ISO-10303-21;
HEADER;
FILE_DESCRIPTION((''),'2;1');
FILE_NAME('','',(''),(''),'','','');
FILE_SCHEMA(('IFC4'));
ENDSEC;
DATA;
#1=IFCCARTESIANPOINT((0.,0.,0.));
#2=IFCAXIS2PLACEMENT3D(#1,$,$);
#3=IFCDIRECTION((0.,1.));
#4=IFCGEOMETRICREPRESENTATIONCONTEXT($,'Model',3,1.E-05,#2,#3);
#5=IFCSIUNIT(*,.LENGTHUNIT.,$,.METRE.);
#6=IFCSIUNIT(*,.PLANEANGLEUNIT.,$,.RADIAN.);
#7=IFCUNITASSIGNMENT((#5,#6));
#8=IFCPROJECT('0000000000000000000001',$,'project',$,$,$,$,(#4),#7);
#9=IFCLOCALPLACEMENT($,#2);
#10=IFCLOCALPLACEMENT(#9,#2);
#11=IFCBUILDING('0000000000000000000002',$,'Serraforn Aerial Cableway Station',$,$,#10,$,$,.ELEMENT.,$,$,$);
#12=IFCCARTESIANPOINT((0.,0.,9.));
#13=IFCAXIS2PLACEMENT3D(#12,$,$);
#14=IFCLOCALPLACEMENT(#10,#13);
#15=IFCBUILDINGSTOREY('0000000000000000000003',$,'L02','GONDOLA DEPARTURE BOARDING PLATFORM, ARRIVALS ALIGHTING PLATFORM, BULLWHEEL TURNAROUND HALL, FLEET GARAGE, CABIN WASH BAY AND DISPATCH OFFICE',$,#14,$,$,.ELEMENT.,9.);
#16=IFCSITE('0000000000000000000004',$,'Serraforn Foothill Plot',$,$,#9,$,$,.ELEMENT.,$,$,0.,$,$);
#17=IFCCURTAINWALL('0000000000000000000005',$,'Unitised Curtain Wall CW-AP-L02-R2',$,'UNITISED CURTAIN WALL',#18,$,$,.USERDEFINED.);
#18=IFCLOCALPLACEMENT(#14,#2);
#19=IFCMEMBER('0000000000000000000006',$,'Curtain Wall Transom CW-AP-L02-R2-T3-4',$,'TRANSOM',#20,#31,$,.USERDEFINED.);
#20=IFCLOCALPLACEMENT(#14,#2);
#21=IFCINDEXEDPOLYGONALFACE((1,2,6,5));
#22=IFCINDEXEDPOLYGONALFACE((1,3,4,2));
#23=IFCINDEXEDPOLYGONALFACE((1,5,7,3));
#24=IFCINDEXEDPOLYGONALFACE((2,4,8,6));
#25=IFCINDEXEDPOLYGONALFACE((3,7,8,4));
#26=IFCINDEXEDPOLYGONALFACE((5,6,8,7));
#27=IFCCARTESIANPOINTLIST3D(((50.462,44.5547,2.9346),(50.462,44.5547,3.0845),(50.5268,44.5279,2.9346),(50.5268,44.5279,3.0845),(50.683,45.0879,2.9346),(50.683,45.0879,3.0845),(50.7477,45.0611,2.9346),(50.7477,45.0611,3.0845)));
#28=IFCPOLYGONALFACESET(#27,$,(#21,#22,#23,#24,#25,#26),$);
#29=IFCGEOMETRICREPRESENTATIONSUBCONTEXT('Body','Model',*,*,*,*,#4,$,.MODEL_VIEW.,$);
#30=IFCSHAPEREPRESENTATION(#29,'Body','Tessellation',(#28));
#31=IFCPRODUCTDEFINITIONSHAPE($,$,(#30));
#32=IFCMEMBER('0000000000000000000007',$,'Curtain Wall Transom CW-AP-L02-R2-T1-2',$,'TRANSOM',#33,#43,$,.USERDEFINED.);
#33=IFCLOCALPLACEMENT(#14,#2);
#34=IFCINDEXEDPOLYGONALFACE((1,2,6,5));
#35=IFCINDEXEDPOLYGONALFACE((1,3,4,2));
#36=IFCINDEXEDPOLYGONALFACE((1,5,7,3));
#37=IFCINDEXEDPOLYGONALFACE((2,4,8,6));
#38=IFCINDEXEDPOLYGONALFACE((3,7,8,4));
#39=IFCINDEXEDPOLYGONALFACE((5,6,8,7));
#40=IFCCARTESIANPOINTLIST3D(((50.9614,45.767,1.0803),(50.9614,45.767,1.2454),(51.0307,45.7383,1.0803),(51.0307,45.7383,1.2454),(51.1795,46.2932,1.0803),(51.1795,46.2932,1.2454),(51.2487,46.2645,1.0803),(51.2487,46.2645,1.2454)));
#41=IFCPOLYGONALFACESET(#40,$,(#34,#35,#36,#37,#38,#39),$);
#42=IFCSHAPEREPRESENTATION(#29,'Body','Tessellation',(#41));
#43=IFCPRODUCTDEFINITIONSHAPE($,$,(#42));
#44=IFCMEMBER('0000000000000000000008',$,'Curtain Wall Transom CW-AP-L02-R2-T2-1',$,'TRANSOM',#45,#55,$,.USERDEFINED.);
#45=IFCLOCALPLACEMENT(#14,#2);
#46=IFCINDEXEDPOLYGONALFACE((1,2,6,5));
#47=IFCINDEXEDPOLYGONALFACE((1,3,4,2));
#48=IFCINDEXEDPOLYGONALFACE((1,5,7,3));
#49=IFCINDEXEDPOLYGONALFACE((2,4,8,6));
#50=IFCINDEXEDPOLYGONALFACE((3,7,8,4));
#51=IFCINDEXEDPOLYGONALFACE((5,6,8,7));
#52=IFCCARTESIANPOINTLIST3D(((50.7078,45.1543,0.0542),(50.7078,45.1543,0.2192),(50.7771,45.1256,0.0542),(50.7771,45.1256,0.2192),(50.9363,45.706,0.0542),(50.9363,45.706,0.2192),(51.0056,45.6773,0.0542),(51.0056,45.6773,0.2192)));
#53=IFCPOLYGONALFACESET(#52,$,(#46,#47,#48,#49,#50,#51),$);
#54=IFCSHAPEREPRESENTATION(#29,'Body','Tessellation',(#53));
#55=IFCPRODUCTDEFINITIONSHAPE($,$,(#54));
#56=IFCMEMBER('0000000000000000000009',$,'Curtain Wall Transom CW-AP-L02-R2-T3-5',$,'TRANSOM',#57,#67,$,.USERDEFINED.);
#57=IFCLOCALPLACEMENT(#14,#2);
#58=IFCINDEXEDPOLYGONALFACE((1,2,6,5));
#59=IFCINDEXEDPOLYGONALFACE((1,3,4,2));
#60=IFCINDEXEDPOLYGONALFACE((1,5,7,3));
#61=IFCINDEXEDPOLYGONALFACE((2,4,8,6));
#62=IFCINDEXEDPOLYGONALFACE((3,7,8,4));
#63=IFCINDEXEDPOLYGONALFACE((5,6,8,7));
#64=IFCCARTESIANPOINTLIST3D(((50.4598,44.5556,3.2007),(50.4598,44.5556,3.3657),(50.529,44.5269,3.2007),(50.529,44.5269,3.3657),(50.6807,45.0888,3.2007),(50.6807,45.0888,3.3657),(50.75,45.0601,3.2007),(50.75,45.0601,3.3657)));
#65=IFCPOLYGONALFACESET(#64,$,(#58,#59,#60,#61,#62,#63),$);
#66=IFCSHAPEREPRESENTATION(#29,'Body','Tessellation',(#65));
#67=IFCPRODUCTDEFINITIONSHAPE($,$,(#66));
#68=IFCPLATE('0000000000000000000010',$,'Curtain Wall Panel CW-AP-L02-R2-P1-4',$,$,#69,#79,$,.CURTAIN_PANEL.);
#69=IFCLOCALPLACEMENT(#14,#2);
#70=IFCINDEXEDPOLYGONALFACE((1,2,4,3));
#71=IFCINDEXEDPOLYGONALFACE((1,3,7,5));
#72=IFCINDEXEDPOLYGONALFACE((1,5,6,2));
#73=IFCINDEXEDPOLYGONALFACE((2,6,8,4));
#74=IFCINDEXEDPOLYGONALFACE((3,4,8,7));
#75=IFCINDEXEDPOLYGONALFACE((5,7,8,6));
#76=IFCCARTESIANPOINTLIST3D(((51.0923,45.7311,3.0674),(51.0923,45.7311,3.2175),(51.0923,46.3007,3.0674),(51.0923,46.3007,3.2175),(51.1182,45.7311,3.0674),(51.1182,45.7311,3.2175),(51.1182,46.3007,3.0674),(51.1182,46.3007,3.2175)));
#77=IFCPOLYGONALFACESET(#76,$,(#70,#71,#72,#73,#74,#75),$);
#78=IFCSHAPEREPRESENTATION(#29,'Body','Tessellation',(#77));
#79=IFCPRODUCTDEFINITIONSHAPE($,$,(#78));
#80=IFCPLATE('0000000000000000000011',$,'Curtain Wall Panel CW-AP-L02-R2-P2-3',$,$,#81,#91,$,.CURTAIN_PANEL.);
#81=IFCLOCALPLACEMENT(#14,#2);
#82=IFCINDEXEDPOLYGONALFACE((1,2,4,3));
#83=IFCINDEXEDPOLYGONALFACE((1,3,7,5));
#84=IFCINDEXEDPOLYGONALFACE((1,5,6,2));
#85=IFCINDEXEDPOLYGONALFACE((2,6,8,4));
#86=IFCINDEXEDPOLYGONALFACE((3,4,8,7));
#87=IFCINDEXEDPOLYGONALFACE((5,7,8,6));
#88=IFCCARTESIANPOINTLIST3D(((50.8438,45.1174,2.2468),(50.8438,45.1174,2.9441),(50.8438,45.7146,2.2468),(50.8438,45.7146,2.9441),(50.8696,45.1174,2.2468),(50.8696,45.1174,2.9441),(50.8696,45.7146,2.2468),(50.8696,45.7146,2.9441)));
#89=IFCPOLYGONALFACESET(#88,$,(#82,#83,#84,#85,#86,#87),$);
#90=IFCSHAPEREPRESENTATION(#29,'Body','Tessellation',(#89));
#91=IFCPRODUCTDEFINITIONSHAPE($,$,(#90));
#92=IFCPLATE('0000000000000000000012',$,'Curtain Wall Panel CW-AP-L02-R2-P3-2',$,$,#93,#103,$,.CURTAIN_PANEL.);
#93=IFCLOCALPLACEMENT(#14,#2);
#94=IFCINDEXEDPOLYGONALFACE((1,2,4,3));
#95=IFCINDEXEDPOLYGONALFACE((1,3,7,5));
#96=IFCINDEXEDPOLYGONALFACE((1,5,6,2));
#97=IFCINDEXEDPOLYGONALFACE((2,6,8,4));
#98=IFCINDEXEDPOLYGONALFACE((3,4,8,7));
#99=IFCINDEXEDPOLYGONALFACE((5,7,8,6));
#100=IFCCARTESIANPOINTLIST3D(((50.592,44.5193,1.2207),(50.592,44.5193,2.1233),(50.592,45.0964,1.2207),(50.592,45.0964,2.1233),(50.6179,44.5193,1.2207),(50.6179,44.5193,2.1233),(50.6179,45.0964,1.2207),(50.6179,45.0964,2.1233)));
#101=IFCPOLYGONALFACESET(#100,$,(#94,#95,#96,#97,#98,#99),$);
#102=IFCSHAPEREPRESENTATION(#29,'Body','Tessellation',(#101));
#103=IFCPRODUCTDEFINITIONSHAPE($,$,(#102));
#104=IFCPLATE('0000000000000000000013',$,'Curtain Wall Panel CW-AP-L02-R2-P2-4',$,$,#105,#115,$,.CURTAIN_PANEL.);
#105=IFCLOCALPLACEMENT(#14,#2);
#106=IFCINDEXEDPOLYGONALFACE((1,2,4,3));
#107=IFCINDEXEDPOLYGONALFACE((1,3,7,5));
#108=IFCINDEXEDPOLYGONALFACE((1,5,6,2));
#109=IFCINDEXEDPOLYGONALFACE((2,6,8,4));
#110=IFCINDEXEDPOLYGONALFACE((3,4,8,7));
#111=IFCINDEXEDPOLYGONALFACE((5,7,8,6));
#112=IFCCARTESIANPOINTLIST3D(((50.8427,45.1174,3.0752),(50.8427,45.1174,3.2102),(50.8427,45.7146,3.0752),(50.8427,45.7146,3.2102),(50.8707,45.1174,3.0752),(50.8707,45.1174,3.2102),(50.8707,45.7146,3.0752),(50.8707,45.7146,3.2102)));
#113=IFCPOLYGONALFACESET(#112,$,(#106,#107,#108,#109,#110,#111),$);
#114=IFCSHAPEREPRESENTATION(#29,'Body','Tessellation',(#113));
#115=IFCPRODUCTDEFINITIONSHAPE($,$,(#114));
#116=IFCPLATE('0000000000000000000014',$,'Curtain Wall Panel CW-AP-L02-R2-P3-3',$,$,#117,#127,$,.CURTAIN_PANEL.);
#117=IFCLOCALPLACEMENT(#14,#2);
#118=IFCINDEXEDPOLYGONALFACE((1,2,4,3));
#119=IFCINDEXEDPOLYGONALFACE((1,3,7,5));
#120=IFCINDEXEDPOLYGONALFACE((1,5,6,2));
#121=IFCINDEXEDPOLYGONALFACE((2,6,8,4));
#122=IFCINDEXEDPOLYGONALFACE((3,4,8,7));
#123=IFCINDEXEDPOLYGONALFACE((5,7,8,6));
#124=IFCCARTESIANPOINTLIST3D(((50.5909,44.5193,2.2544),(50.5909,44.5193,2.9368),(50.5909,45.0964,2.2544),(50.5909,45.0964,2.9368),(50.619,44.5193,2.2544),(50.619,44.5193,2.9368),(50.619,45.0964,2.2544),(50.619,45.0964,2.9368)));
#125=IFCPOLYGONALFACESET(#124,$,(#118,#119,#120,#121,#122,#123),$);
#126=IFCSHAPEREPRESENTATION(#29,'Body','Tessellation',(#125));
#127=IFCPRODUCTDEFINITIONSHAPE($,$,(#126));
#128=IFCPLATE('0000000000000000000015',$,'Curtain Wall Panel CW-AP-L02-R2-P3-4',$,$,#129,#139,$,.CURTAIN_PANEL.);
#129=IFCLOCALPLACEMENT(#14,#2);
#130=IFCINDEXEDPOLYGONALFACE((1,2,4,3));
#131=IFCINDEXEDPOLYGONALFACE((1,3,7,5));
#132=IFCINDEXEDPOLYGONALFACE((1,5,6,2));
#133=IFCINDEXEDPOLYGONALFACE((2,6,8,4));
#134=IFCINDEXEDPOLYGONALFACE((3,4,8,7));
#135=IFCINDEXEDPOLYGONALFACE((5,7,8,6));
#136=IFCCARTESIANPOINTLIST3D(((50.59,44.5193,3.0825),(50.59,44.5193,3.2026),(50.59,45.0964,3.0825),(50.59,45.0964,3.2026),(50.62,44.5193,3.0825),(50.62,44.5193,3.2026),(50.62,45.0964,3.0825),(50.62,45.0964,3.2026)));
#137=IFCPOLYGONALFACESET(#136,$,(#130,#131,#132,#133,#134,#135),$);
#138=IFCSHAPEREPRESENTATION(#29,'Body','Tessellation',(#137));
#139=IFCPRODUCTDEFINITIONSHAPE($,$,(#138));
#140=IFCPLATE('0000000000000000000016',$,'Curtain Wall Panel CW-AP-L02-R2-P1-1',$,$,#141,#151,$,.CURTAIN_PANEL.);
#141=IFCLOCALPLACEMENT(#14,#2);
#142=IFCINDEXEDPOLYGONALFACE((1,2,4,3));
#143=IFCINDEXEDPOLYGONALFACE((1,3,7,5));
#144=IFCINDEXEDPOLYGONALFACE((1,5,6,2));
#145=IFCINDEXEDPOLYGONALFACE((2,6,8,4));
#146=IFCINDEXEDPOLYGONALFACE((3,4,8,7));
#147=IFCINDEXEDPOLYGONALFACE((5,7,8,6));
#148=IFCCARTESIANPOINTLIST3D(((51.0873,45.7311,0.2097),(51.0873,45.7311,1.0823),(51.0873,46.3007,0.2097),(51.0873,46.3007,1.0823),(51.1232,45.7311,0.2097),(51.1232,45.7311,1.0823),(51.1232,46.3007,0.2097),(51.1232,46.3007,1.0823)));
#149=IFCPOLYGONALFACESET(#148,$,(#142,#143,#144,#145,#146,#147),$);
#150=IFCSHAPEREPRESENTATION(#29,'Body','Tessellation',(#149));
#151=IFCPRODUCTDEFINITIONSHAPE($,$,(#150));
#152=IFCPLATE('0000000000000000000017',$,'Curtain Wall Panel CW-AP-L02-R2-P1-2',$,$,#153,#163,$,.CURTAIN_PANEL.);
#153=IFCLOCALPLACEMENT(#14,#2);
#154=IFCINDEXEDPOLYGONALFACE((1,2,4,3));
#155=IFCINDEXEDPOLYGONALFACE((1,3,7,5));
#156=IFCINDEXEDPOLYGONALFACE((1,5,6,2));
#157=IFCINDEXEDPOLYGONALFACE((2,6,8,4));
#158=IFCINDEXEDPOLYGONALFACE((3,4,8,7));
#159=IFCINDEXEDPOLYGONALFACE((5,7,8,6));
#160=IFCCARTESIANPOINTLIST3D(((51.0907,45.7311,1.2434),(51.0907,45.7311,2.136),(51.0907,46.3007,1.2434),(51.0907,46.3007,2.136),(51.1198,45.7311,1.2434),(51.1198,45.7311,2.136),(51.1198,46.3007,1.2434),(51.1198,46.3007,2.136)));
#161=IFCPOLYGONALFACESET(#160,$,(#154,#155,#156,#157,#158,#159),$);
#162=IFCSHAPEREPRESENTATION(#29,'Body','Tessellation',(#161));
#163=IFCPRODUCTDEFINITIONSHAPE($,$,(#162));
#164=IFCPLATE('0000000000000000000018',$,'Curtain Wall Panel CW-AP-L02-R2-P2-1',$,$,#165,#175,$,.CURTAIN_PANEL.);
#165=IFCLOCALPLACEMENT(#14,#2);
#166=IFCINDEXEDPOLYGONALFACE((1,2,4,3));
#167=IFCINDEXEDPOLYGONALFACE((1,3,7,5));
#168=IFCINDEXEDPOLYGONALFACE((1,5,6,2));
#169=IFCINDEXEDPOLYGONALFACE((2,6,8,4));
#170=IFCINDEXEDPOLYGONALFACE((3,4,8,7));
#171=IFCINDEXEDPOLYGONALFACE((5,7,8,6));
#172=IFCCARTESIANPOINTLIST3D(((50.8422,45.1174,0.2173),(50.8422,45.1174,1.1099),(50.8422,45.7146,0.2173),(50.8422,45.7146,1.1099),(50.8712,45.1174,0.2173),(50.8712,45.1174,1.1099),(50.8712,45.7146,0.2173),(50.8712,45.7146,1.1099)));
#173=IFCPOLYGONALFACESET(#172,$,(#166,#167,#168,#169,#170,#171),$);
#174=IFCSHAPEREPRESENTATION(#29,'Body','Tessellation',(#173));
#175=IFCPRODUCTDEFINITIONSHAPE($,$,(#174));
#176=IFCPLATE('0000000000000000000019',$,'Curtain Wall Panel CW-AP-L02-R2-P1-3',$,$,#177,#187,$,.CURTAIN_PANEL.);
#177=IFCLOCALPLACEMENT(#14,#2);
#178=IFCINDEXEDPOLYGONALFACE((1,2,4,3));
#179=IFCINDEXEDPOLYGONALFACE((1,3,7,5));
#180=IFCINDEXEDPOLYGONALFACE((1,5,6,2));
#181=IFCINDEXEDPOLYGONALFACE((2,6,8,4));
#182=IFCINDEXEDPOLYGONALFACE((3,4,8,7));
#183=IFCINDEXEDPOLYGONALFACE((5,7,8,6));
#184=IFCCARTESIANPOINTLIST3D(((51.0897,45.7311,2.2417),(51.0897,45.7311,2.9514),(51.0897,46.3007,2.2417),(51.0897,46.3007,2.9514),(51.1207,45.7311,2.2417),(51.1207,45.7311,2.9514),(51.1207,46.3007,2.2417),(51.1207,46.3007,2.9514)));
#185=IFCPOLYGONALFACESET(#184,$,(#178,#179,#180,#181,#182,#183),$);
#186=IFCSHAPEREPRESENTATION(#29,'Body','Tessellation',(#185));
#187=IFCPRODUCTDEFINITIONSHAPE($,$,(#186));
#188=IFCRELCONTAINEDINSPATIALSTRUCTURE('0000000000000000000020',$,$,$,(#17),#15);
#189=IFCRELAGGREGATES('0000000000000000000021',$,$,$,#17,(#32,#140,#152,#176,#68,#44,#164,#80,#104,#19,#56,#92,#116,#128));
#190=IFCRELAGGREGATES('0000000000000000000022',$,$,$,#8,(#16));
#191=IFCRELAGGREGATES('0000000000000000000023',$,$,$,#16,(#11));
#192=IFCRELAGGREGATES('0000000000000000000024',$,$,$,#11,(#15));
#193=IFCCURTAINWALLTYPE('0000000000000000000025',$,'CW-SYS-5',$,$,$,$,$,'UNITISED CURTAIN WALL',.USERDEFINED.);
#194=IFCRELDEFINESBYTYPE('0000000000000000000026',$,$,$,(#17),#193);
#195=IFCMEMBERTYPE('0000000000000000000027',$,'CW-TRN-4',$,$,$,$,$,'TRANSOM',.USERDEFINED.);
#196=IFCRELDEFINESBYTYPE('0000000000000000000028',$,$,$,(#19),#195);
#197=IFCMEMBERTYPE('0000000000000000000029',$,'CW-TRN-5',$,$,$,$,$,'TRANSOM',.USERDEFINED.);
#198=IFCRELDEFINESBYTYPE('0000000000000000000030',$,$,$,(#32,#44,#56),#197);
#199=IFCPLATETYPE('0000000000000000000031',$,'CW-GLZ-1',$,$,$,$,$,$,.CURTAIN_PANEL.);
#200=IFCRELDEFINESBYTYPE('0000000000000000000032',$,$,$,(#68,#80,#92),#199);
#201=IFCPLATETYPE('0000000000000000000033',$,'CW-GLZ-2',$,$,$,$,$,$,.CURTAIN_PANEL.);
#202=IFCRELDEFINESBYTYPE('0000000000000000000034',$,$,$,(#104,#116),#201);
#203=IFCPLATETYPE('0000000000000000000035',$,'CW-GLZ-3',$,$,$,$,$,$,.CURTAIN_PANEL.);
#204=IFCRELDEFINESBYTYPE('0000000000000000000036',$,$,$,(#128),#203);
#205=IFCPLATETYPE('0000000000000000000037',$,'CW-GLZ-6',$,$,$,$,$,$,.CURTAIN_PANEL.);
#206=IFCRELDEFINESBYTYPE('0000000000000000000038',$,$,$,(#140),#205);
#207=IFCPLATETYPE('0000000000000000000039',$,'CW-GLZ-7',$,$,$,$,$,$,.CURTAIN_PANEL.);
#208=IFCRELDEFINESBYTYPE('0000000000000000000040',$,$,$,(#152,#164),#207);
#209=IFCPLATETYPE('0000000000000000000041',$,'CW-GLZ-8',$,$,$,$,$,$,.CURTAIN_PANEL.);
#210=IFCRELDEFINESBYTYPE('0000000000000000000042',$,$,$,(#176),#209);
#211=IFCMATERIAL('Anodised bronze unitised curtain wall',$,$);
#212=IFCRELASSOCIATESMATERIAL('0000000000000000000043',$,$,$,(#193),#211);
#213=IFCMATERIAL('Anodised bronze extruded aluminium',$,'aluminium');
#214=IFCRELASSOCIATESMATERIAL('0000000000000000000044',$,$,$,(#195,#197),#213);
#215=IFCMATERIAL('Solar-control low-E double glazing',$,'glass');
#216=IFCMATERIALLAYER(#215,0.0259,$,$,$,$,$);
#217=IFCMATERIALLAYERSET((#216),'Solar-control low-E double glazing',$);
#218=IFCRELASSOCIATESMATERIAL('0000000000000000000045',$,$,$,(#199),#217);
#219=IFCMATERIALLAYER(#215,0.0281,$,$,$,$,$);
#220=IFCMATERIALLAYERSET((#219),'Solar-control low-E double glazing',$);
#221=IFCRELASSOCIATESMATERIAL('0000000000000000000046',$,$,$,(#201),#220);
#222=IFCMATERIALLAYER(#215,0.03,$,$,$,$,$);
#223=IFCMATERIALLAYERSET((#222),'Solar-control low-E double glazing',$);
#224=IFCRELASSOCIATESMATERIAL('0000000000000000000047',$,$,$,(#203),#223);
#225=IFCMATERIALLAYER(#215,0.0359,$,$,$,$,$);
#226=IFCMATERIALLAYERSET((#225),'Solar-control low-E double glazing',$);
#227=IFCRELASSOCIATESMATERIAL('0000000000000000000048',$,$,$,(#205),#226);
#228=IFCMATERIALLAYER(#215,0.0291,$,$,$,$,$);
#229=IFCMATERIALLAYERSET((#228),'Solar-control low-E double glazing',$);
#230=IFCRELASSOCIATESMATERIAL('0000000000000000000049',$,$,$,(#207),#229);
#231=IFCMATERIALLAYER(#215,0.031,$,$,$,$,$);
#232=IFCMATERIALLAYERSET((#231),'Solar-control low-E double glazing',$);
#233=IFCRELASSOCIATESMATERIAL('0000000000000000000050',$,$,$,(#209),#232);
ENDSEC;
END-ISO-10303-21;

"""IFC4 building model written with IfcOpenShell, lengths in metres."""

from ifc_helpers import new_model, si_unit, direction, frame, origin, origin_2d, place, context, subcontext, project, spatial, rectangle, extrude, material, layer, layer_set, material_profile, profile_set, type_object, element, aggregate, save


model = new_model("IFC4")

# Units and contexts
model_context = context("Model", 3, precision=1e-05, world=origin(), true_north=direction((0.0, 1.0)))
body_context = subcontext(model_context, "Body", "Model", "MODEL_VIEW")
ifc_project = project(units=[si_unit("LENGTHUNIT", "METRE"), si_unit("PLANEANGLEUNIT", "RADIAN")], contexts=[model_context])

# Site, building, storey
site_placement = place(None, origin())
site = spatial("IfcSite", under=ifc_project, at=site_placement, Name="Serraforn Foothill Plot", CompositionType="ELEMENT", RefElevation=0.0)
building_placement = place(site_placement, origin())
building = spatial("IfcBuilding", under=site, at=building_placement, Name="Serraforn Aerial Cableway Station", CompositionType="ELEMENT")
storey_placement = place(building_placement, frame((0.0, 0.0, 9.0)))
storey = spatial("IfcBuildingStorey", under=building, at=storey_placement, Name="L02", Description="GONDOLA DEPARTURE BOARDING PLATFORM, ARRIVALS ALIGHTING PLATFORM, BULLWHEEL TURNAROUND HALL, FLEET GARAGE, CABIN WASH BAY AND DISPATCH OFFICE", CompositionType="ELEMENT", Elevation=9.0)

# Curtain wall, members, plates
ifc_material_1 = material(Name="Anodised bronze unitised curtain wall")
curtain_wall_type = type_object("IfcCurtainWallType", Name="CW-SYS-5", ElementType="UNITISED CURTAIN WALL", PredefinedType="USERDEFINED", material=ifc_material_1)
curtain_wall_placement = place(storey_placement, origin())
curtain_wall = element("IfcCurtainWall", 1, at=curtain_wall_placement, inside=storey, type_object=curtain_wall_type, Name="Unitised Curtain Wall CW-AP-L02-R2", ObjectType="UNITISED CURTAIN WALL", PredefinedType="USERDEFINED")
ifc_material_2 = material(Name="Anodised bronze extruded aluminium", Category="aluminium")
ifc_material_profile_1 = material_profile(ifc_material_2, rectangle(XDim=0.0701, YDim=0.1499, at=origin_2d()), Name="CW TRANSOM 70x150")
ifc_profile_set_1 = profile_set([ifc_material_profile_1], Name="Anodised bronze extruded aluminium")
member_type_1 = type_object("IfcMemberType", Name="CW-TRN-4", ElementType="TRANSOM", PredefinedType="USERDEFINED", material=ifc_profile_set_1)
member_1_placement = place(storey_placement, frame((50.7153, 45.0745, 3.0095), z_axis=(-0.382813, -0.923826, 0.0), x_axis=(0.923826, -0.382813, 0.0)))
member_1 = element("IfcMember", 2, at=member_1_placement, type_object=member_type_1, Name="Curtain Wall Transom CW-AP-L02-R2-T3-4", ObjectType="TRANSOM", PredefinedType="USERDEFINED", context=body_context, shape_type="SweptSolid", body=[
    extrude(rectangle(XDim=0.0701, YDim=0.1499, at=origin_2d()), origin(), (0.0, 0.0, 1.0), 0.5771),
])
ifc_material_profile_2 = material_profile(ifc_material_2, rectangle(XDim=0.075, YDim=0.165, at=origin_2d()), Name="CW TRANSOM 75x165")
ifc_profile_set_2 = profile_set([ifc_material_profile_2], Name="Anodised bronze extruded aluminium")
member_type_2 = type_object("IfcMemberType", Name="CW-TRN-5", ElementType="TRANSOM", PredefinedType="USERDEFINED", material=ifc_profile_set_2)
member_2_placement = place(storey_placement, frame((51.2141, 46.2788, 1.1628), z_axis=(-0.382819, -0.923823, 0.0), x_axis=(0.923823, -0.382819, 0.0)))
member_2 = element("IfcMember", 3, at=member_2_placement, type_object=member_type_2, Name="Curtain Wall Transom CW-AP-L02-R2-T1-2", ObjectType="TRANSOM", PredefinedType="USERDEFINED", context=body_context, shape_type="SweptSolid", body=[
    extrude(rectangle(XDim=0.075, YDim=0.165, at=origin_2d()), origin(), (0.0, 0.0, 1.0), 0.5696),
])
member_3_placement = place(storey_placement, frame((50.9709, 45.6917, 0.1367), z_axis=(-0.382641, -0.923897, 0.0), x_axis=(0.923897, -0.382641, 0.0)))
member_3 = element("IfcMember", 4, at=member_3_placement, type_object=member_type_2, Name="Curtain Wall Transom CW-AP-L02-R2-T2-1", ObjectType="TRANSOM", PredefinedType="USERDEFINED", context=body_context, shape_type="SweptSolid", body=[
    extrude(rectangle(XDim=0.075, YDim=0.165, at=origin_2d()), origin(), (0.0, 0.0, 1.0), 0.5972),
])
member_4_placement = place(storey_placement, frame((50.7153, 45.0745, 3.2832), z_axis=(-0.382813, -0.923826, 0.0), x_axis=(0.923826, -0.382813, 0.0)))
member_4 = element("IfcMember", 5, at=member_4_placement, type_object=member_type_2, Name="Curtain Wall Transom CW-AP-L02-R2-T3-5", ObjectType="TRANSOM", PredefinedType="USERDEFINED", context=body_context, shape_type="SweptSolid", body=[
    extrude(rectangle(XDim=0.075, YDim=0.165, at=origin_2d()), origin(), (0.0, 0.0, 1.0), 0.5771),
])
ifc_material_3 = material(Name="Solar-control low-E double glazing", Category="glass")
ifc_layer_1 = layer(ifc_material_3, 0.0259)
ifc_layer_set_1 = layer_set([ifc_layer_1], Name="Solar-control low-E double glazing")
plate_type_1 = type_object("IfcPlateType", Name="CW-GLZ-1", PredefinedType="CURTAIN_PANEL", material=ifc_layer_set_1)
plate_1_placement = place(storey_placement, frame((51.1052, 46.0159, 3.0674), z_axis=(0.0, 0.0, 1.0), x_axis=(1.0, 0.0, 0.0)))
plate_1 = element("IfcPlate", 6, at=plate_1_placement, type_object=plate_type_1, Name="Curtain Wall Panel CW-AP-L02-R2-P1-4", PredefinedType="CURTAIN_PANEL", context=body_context, shape_type="SweptSolid", body=[
    extrude(rectangle(XDim=0.0259, YDim=0.5696, at=origin_2d()), origin(), (0.0, 0.0, 1.0), 0.1501),
])
plate_2_placement = place(storey_placement, frame((50.8567, 45.416, 2.2468), z_axis=(0.0, 0.0, 1.0), x_axis=(1.0, 0.0, 0.0)))
plate_2 = element("IfcPlate", 7, at=plate_2_placement, type_object=plate_type_1, Name="Curtain Wall Panel CW-AP-L02-R2-P2-3", PredefinedType="CURTAIN_PANEL", context=body_context, shape_type="SweptSolid", body=[
    extrude(rectangle(XDim=0.0259, YDim=0.5972, at=origin_2d()), origin(), (0.0, 0.0, 1.0), 0.6973),
])
plate_3_placement = place(storey_placement, frame((50.605, 44.8079, 1.2207), z_axis=(0.0, 0.0, 1.0), x_axis=(1.0, 0.0, 0.0)))
plate_3 = element("IfcPlate", 8, at=plate_3_placement, type_object=plate_type_1, Name="Curtain Wall Panel CW-AP-L02-R2-P3-2", PredefinedType="CURTAIN_PANEL", context=body_context, shape_type="SweptSolid", body=[
    extrude(rectangle(XDim=0.0259, YDim=0.5771, at=origin_2d()), origin(), (0.0, 0.0, 1.0), 0.9026),
])
ifc_layer_2 = layer(ifc_material_3, 0.0281)
ifc_layer_set_2 = layer_set([ifc_layer_2], Name="Solar-control low-E double glazing")
plate_type_2 = type_object("IfcPlateType", Name="CW-GLZ-2", PredefinedType="CURTAIN_PANEL", material=ifc_layer_set_2)
plate_4_placement = place(storey_placement, frame((50.8567, 45.416, 3.0752), z_axis=(0.0, 0.0, 1.0), x_axis=(1.0, 0.0, 0.0)))
plate_4 = element("IfcPlate", 9, at=plate_4_placement, type_object=plate_type_2, Name="Curtain Wall Panel CW-AP-L02-R2-P2-4", PredefinedType="CURTAIN_PANEL", context=body_context, shape_type="SweptSolid", body=[
    extrude(rectangle(XDim=0.0281, YDim=0.5972, at=origin_2d()), origin(), (0.0, 0.0, 1.0), 0.135),
])
plate_5_placement = place(storey_placement, frame((50.605, 44.8079, 2.2544), z_axis=(0.0, 0.0, 1.0), x_axis=(1.0, 0.0, 0.0)))
plate_5 = element("IfcPlate", 10, at=plate_5_placement, type_object=plate_type_2, Name="Curtain Wall Panel CW-AP-L02-R2-P3-3", PredefinedType="CURTAIN_PANEL", context=body_context, shape_type="SweptSolid", body=[
    extrude(rectangle(XDim=0.0281, YDim=0.5771, at=origin_2d()), origin(), (0.0, 0.0, 1.0), 0.6824),
])
ifc_layer_3 = layer(ifc_material_3, 0.03)
ifc_layer_set_3 = layer_set([ifc_layer_3], Name="Solar-control low-E double glazing")
plate_type_3 = type_object("IfcPlateType", Name="CW-GLZ-3", PredefinedType="CURTAIN_PANEL", material=ifc_layer_set_3)
plate_6_placement = place(storey_placement, frame((50.605, 44.8079, 3.0825), z_axis=(0.0, 0.0, 1.0), x_axis=(1.0, 0.0, 0.0)))
plate_6 = element("IfcPlate", 11, at=plate_6_placement, type_object=plate_type_3, Name="Curtain Wall Panel CW-AP-L02-R2-P3-4", PredefinedType="CURTAIN_PANEL", context=body_context, shape_type="SweptSolid", body=[
    extrude(rectangle(XDim=0.03, YDim=0.5771, at=origin_2d()), origin(), (0.0, 0.0, 1.0), 0.1201),
])
ifc_layer_4 = layer(ifc_material_3, 0.0359)
ifc_layer_set_4 = layer_set([ifc_layer_4], Name="Solar-control low-E double glazing")
plate_type_4 = type_object("IfcPlateType", Name="CW-GLZ-6", PredefinedType="CURTAIN_PANEL", material=ifc_layer_set_4)
plate_7_placement = place(storey_placement, frame((51.1052, 46.0159, 0.2097), z_axis=(0.0, 0.0, 1.0), x_axis=(1.0, 0.0, 0.0)))
plate_7 = element("IfcPlate", 12, at=plate_7_placement, type_object=plate_type_4, Name="Curtain Wall Panel CW-AP-L02-R2-P1-1", PredefinedType="CURTAIN_PANEL", context=body_context, shape_type="SweptSolid", body=[
    extrude(rectangle(XDim=0.0359, YDim=0.5696, at=origin_2d()), origin(), (0.0, 0.0, 1.0), 0.8726),
])
ifc_layer_5 = layer(ifc_material_3, 0.0291)
ifc_layer_set_5 = layer_set([ifc_layer_5], Name="Solar-control low-E double glazing")
plate_type_5 = type_object("IfcPlateType", Name="CW-GLZ-7", PredefinedType="CURTAIN_PANEL", material=ifc_layer_set_5)
plate_8_placement = place(storey_placement, frame((51.1052, 46.0159, 1.2434), z_axis=(0.0, 0.0, 1.0), x_axis=(1.0, 0.0, 0.0)))
plate_8 = element("IfcPlate", 13, at=plate_8_placement, type_object=plate_type_5, Name="Curtain Wall Panel CW-AP-L02-R2-P1-2", PredefinedType="CURTAIN_PANEL", context=body_context, shape_type="SweptSolid", body=[
    extrude(rectangle(XDim=0.0291, YDim=0.5696, at=origin_2d()), origin(), (0.0, 0.0, 1.0), 0.8926),
])
plate_9_placement = place(storey_placement, frame((50.8567, 45.416, 0.2173), z_axis=(0.0, 0.0, 1.0), x_axis=(1.0, 0.0, 0.0)))
plate_9 = element("IfcPlate", 14, at=plate_9_placement, type_object=plate_type_5, Name="Curtain Wall Panel CW-AP-L02-R2-P2-1", PredefinedType="CURTAIN_PANEL", context=body_context, shape_type="SweptSolid", body=[
    extrude(rectangle(XDim=0.0291, YDim=0.5972, at=origin_2d()), origin(), (0.0, 0.0, 1.0), 0.8926),
])
ifc_layer_6 = layer(ifc_material_3, 0.031)
ifc_layer_set_6 = layer_set([ifc_layer_6], Name="Solar-control low-E double glazing")
plate_type_6 = type_object("IfcPlateType", Name="CW-GLZ-8", PredefinedType="CURTAIN_PANEL", material=ifc_layer_set_6)
plate_10_placement = place(storey_placement, frame((51.1052, 46.0159, 2.2417), z_axis=(0.0, 0.0, 1.0), x_axis=(1.0, 0.0, 0.0)))
plate_10 = element("IfcPlate", 15, at=plate_10_placement, type_object=plate_type_6, Name="Curtain Wall Panel CW-AP-L02-R2-P1-3", PredefinedType="CURTAIN_PANEL", context=body_context, shape_type="SweptSolid", body=[
    extrude(rectangle(XDim=0.031, YDim=0.5696, at=origin_2d()), origin(), (0.0, 0.0, 1.0), 0.7097),
])
aggregate(curtain_wall, [member_2, plate_7, plate_8, plate_10, plate_1, member_3, plate_9, plate_2, plate_4, member_1, member_4, plate_3, plate_5, plate_6])

save(model, "model.ifc")
